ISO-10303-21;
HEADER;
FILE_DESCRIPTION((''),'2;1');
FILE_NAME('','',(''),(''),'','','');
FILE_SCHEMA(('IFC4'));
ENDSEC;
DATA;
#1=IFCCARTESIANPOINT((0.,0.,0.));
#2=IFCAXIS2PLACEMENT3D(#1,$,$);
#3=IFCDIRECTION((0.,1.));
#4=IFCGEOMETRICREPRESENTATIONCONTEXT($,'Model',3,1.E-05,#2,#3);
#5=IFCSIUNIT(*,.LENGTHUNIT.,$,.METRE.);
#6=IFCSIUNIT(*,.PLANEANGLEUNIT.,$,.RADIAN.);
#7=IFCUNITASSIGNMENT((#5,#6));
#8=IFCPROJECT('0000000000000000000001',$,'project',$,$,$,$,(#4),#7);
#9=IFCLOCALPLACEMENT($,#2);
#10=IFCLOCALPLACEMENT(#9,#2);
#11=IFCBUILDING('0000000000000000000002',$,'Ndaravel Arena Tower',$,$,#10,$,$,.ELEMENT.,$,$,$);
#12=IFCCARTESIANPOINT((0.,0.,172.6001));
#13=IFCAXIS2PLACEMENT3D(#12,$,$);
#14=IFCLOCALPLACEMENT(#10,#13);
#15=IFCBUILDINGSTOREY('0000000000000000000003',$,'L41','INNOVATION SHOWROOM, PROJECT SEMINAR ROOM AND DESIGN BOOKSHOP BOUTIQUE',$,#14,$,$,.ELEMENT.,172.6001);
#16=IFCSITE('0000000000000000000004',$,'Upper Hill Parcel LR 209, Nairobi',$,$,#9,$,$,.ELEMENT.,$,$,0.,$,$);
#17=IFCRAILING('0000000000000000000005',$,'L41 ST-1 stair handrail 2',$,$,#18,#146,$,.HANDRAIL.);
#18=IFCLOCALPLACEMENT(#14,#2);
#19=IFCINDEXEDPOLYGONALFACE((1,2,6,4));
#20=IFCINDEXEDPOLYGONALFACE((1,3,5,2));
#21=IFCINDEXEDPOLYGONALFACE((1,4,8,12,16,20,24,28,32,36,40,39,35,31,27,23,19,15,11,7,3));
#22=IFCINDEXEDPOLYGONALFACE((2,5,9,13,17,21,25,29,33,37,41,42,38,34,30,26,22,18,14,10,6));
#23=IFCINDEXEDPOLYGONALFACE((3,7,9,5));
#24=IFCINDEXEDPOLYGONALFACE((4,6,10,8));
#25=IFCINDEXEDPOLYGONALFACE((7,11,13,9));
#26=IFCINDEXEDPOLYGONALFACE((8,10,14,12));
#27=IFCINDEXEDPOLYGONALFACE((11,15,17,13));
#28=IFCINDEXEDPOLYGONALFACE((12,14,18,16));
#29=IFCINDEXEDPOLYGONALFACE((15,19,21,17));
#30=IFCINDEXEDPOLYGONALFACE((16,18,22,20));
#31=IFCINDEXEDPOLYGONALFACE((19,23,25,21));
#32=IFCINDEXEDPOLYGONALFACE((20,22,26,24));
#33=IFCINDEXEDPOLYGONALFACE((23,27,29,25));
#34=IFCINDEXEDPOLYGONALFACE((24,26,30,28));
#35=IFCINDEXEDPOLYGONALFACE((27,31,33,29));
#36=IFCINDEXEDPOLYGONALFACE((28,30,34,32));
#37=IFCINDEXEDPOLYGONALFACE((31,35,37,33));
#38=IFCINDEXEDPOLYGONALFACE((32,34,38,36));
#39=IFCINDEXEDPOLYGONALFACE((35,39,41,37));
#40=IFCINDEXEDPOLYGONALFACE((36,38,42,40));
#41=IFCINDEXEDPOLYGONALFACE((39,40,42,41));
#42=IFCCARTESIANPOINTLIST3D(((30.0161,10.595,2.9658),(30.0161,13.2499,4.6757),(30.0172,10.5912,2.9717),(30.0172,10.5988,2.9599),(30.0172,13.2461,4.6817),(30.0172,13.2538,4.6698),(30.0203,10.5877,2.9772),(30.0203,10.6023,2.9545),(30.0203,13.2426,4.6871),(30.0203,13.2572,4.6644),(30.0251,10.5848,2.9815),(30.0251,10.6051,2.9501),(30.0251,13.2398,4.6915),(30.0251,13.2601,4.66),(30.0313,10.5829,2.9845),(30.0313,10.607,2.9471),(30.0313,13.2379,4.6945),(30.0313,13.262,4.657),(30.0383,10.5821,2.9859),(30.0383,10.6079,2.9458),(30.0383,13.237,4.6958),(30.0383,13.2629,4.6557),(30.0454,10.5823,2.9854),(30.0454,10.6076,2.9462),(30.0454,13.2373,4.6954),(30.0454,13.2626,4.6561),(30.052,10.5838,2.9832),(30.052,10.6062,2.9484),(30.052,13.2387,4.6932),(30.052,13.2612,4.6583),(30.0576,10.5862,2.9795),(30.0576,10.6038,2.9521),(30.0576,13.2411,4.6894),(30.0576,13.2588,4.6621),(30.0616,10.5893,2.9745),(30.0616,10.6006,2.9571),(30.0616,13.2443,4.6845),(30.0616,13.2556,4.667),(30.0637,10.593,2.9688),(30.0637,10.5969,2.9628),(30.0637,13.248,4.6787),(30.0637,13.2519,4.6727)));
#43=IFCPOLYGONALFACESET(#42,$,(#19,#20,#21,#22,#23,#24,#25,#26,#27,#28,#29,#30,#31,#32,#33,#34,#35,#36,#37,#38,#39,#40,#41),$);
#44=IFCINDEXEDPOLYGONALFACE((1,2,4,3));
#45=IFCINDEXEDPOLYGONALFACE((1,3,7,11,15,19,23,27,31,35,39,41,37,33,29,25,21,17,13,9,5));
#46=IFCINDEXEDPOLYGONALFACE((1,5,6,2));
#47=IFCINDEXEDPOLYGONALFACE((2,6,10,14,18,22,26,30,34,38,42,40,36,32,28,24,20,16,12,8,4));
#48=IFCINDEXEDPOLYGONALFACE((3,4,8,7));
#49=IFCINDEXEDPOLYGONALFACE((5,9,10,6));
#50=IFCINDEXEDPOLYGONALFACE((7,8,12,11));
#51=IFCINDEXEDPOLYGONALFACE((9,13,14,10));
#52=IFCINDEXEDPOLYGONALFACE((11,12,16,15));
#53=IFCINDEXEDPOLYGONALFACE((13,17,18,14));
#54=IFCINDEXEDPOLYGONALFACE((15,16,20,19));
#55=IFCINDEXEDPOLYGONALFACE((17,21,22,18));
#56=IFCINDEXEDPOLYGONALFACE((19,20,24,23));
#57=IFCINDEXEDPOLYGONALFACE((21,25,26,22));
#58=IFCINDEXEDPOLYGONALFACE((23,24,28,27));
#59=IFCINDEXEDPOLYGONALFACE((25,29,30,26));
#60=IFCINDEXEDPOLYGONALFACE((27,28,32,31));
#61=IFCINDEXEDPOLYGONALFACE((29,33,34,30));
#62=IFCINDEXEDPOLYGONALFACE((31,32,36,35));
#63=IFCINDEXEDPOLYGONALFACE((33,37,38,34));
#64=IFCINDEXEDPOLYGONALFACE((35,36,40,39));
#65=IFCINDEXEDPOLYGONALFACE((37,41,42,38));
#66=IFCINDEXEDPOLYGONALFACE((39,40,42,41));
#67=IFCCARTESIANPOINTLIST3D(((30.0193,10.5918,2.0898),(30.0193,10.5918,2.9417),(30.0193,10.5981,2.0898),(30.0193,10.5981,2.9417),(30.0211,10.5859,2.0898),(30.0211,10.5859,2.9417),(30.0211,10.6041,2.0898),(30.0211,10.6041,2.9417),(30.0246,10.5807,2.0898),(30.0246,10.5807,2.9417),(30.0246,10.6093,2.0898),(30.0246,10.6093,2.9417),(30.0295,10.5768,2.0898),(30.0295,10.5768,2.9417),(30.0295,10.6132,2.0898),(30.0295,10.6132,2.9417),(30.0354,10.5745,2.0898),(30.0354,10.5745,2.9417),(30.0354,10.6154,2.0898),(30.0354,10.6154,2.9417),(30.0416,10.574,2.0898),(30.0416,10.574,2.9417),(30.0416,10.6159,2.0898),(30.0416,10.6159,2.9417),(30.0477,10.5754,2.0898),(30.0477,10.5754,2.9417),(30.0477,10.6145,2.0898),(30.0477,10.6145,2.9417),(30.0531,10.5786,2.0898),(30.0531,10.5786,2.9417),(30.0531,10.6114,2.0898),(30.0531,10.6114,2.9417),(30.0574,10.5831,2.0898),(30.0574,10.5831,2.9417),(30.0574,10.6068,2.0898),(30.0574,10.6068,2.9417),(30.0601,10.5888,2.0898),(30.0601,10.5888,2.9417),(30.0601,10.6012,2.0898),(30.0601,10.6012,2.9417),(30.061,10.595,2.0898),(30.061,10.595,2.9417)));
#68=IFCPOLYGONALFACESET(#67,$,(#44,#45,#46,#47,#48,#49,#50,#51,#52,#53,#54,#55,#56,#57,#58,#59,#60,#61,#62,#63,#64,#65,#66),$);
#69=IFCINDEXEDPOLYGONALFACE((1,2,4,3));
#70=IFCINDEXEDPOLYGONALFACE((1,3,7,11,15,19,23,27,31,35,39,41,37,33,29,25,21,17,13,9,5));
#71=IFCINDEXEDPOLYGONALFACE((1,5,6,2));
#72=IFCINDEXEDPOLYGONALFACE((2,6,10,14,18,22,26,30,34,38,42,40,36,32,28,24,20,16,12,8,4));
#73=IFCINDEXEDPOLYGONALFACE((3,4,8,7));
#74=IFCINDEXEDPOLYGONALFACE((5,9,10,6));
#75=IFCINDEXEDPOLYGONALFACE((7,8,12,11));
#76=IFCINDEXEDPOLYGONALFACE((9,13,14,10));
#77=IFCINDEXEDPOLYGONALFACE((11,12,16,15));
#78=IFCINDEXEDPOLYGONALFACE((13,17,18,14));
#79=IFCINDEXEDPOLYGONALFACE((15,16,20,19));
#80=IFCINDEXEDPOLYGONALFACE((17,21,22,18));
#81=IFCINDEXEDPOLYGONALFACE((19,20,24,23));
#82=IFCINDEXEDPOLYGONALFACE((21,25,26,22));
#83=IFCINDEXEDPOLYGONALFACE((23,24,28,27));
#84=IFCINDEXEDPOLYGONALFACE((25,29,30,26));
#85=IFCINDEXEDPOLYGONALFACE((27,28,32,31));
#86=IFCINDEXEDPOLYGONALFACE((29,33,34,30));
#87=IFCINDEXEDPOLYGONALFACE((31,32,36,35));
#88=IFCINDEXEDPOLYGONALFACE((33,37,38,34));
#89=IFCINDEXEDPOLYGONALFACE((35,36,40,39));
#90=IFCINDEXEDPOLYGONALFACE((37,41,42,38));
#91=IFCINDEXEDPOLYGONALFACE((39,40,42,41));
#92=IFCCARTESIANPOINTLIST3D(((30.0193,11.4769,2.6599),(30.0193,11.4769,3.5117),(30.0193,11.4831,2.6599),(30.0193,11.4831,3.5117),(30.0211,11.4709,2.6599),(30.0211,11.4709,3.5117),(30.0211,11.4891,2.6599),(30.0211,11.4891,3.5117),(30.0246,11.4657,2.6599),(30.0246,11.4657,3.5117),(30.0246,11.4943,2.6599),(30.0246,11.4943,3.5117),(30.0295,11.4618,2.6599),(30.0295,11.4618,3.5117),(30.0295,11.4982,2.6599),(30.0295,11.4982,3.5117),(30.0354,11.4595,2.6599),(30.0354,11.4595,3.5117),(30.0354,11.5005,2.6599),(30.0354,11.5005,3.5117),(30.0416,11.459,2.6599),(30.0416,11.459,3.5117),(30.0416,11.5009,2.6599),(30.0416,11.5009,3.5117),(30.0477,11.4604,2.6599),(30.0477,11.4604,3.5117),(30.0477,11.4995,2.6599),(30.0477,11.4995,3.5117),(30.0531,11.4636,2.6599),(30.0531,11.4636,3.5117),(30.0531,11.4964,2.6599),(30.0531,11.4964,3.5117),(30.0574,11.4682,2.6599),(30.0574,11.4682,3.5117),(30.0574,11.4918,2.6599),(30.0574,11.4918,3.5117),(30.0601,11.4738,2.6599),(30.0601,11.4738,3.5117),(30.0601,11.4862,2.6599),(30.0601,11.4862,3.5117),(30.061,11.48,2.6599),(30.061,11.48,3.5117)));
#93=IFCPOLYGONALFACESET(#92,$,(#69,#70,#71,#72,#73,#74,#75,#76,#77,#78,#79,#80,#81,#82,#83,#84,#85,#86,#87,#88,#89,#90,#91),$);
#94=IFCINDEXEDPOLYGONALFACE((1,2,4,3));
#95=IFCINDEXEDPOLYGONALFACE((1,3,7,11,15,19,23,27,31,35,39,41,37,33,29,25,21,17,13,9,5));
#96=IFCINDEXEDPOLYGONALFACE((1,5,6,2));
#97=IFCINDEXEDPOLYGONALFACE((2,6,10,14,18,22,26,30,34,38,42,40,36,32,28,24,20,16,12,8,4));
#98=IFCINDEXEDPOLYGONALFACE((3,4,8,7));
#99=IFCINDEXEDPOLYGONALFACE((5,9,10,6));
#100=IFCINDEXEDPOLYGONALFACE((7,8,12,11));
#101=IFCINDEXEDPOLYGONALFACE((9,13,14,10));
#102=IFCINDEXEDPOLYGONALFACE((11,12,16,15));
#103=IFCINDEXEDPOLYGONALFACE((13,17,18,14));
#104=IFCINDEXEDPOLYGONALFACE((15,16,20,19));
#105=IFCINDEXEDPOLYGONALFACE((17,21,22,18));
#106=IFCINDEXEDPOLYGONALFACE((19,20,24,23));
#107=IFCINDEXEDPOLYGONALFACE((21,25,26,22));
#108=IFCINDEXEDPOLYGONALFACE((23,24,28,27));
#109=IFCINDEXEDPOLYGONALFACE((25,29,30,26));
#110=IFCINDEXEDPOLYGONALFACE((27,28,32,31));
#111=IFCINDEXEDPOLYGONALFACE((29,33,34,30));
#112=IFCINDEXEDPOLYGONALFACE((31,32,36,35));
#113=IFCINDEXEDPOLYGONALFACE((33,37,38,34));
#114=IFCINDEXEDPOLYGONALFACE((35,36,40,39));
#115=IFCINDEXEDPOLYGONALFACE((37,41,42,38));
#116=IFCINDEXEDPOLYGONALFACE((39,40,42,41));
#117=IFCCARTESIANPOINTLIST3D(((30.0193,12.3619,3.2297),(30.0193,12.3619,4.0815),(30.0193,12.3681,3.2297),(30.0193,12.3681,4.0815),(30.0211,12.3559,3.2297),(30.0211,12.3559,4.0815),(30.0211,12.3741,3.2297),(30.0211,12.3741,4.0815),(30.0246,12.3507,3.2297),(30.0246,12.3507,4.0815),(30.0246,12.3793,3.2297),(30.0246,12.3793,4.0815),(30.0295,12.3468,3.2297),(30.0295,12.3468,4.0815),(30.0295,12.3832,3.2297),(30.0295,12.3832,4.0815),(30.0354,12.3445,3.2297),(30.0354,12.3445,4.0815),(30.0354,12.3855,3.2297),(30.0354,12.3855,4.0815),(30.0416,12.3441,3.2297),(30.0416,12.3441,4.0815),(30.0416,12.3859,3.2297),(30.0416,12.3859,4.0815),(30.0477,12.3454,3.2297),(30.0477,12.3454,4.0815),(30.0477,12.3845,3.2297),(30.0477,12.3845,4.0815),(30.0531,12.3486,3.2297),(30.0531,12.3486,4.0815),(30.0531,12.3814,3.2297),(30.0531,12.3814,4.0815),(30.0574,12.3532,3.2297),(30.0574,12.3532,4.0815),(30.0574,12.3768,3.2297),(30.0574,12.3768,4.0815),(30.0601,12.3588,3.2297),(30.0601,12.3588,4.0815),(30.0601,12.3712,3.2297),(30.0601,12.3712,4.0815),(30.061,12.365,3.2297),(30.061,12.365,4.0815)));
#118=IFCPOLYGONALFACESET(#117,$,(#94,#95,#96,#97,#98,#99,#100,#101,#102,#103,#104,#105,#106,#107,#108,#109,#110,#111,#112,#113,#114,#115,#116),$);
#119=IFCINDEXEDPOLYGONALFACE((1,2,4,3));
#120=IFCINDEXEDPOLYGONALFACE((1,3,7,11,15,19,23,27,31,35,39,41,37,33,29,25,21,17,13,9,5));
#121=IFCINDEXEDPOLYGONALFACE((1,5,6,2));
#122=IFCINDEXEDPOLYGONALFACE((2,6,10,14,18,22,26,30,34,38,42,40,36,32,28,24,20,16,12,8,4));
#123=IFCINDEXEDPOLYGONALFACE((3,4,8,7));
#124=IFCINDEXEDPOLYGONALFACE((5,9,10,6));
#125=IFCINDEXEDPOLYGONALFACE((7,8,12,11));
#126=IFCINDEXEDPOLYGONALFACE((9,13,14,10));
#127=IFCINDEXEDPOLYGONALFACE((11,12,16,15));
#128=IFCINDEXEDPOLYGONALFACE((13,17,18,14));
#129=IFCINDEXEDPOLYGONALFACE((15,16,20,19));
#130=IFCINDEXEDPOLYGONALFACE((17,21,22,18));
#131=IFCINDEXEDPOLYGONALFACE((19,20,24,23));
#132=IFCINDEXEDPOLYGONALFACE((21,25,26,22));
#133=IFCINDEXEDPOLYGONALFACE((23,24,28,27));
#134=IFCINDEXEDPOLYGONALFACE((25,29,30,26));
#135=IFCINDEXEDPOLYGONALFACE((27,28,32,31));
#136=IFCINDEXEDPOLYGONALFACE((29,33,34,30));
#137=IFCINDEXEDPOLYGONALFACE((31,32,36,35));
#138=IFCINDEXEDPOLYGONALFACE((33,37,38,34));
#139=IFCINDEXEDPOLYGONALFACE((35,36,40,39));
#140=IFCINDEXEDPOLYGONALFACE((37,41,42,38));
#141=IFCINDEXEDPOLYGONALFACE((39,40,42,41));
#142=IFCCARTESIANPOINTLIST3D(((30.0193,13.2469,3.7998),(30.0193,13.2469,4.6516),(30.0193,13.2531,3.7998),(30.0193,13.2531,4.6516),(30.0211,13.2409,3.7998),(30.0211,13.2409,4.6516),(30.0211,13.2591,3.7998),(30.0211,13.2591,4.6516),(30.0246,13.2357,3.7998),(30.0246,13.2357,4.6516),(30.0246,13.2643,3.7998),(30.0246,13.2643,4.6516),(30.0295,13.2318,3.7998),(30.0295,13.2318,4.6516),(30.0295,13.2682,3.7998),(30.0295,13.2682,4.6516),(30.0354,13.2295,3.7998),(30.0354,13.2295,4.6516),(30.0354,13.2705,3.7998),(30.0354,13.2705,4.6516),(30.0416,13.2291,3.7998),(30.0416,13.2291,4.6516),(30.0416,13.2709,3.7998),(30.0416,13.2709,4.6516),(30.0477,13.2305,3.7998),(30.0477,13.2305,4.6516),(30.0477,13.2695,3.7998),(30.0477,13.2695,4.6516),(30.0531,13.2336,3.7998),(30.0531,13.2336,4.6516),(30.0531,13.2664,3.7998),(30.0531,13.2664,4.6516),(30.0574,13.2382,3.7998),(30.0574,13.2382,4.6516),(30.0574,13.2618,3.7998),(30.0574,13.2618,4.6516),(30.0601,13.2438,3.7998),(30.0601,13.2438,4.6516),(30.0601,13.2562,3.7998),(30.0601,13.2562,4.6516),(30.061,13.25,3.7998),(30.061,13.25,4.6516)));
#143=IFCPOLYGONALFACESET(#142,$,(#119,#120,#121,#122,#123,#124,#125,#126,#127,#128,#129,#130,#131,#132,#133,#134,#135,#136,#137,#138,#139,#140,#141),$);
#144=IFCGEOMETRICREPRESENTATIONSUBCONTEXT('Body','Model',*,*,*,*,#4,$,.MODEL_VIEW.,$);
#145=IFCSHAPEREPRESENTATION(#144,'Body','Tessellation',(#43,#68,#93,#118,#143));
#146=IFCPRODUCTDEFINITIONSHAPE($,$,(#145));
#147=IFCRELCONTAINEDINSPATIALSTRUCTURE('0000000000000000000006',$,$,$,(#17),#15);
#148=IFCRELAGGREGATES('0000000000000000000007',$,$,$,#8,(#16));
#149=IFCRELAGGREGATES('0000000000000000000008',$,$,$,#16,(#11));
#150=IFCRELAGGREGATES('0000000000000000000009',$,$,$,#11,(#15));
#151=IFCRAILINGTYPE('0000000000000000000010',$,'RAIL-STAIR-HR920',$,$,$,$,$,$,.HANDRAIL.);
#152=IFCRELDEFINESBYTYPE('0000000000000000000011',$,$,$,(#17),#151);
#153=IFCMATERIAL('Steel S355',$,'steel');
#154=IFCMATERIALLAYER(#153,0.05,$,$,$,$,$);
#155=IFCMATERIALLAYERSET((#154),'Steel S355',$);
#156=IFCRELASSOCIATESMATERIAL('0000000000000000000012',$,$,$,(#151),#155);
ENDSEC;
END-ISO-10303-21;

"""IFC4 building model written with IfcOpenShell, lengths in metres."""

from ifc_helpers import new_model, si_unit, direction, frame, origin, origin_2d, place, context, subcontext, project, spatial, circle, extrude, material, layer, layer_set, type_object, element, save


model = new_model("IFC4")

# Units and contexts
model_context = context("Model", 3, precision=1e-05, world=origin(), true_north=direction((0.0, 1.0)))
body_context = subcontext(model_context, "Body", "Model", "MODEL_VIEW")
ifc_project = project(units=[si_unit("LENGTHUNIT", "METRE"), si_unit("PLANEANGLEUNIT", "RADIAN")], contexts=[model_context])

# Site, building, storey
site_placement = place(None, origin())
site = spatial("IfcSite", under=ifc_project, at=site_placement, Name="Upper Hill Parcel LR 209, Nairobi", CompositionType="ELEMENT", RefElevation=0.0)
building_placement = place(site_placement, origin())
building = spatial("IfcBuilding", under=site, at=building_placement, Name="Ndaravel Arena Tower", CompositionType="ELEMENT")
storey_placement = place(building_placement, frame((0.0, 0.0, 172.6001)))
storey = spatial("IfcBuildingStorey", under=building, at=storey_placement, Name="L41", Description="INNOVATION SHOWROOM, PROJECT SEMINAR ROOM AND DESIGN BOOKSHOP BOUTIQUE", CompositionType="ELEMENT", Elevation=172.6001)

# Railing
ifc_material_1 = material(Name="Steel S355", Category="steel")
ifc_layer_1 = layer(ifc_material_1, 0.05)
ifc_layer_set_1 = layer_set([ifc_layer_1], Name="Steel S355")
railing_type_1 = type_object("IfcRailingType", Name="RAIL-STAIR-HR920", PredefinedType="HANDRAIL", material=ifc_layer_set_1)
railing_1_placement = place(storey_placement, frame((30.04, 10.595, 2.0898)))
element("IfcRailing", 1, at=railing_1_placement, inside=storey, type_object=railing_type_1, Name="L41 ST-1 stair handrail 2", PredefinedType="HANDRAIL", context=body_context, shape_type="SweptSolid", body=[
    extrude(circle(Radius=0.0239, at=origin_2d()), frame((0.0, 0.0, 0.876), z_axis=(0.0, 0.840724, 0.541465), x_axis=(-1.0, 0.0, 0.0)), (0.0, 0.0, 1.0), 3.158),
    extrude(circle(Radius=0.021, at=origin_2d()), origin(), (0.0, 0.0, 1.0), 0.8518),
    extrude(circle(Radius=0.021, at=origin_2d()), frame((0.0, 0.885, 0.5701)), (0.0, 0.0, 1.0), 0.8518),
    extrude(circle(Radius=0.021, at=origin_2d()), frame((0.0, 1.77, 1.1399)), (0.0, 0.0, 1.0), 0.8518),
    extrude(circle(Radius=0.021, at=origin_2d()), frame((0.0, 2.655, 1.71)), (0.0, 0.0, 1.0), 0.8518),
])

save(model, "model.ifc")
